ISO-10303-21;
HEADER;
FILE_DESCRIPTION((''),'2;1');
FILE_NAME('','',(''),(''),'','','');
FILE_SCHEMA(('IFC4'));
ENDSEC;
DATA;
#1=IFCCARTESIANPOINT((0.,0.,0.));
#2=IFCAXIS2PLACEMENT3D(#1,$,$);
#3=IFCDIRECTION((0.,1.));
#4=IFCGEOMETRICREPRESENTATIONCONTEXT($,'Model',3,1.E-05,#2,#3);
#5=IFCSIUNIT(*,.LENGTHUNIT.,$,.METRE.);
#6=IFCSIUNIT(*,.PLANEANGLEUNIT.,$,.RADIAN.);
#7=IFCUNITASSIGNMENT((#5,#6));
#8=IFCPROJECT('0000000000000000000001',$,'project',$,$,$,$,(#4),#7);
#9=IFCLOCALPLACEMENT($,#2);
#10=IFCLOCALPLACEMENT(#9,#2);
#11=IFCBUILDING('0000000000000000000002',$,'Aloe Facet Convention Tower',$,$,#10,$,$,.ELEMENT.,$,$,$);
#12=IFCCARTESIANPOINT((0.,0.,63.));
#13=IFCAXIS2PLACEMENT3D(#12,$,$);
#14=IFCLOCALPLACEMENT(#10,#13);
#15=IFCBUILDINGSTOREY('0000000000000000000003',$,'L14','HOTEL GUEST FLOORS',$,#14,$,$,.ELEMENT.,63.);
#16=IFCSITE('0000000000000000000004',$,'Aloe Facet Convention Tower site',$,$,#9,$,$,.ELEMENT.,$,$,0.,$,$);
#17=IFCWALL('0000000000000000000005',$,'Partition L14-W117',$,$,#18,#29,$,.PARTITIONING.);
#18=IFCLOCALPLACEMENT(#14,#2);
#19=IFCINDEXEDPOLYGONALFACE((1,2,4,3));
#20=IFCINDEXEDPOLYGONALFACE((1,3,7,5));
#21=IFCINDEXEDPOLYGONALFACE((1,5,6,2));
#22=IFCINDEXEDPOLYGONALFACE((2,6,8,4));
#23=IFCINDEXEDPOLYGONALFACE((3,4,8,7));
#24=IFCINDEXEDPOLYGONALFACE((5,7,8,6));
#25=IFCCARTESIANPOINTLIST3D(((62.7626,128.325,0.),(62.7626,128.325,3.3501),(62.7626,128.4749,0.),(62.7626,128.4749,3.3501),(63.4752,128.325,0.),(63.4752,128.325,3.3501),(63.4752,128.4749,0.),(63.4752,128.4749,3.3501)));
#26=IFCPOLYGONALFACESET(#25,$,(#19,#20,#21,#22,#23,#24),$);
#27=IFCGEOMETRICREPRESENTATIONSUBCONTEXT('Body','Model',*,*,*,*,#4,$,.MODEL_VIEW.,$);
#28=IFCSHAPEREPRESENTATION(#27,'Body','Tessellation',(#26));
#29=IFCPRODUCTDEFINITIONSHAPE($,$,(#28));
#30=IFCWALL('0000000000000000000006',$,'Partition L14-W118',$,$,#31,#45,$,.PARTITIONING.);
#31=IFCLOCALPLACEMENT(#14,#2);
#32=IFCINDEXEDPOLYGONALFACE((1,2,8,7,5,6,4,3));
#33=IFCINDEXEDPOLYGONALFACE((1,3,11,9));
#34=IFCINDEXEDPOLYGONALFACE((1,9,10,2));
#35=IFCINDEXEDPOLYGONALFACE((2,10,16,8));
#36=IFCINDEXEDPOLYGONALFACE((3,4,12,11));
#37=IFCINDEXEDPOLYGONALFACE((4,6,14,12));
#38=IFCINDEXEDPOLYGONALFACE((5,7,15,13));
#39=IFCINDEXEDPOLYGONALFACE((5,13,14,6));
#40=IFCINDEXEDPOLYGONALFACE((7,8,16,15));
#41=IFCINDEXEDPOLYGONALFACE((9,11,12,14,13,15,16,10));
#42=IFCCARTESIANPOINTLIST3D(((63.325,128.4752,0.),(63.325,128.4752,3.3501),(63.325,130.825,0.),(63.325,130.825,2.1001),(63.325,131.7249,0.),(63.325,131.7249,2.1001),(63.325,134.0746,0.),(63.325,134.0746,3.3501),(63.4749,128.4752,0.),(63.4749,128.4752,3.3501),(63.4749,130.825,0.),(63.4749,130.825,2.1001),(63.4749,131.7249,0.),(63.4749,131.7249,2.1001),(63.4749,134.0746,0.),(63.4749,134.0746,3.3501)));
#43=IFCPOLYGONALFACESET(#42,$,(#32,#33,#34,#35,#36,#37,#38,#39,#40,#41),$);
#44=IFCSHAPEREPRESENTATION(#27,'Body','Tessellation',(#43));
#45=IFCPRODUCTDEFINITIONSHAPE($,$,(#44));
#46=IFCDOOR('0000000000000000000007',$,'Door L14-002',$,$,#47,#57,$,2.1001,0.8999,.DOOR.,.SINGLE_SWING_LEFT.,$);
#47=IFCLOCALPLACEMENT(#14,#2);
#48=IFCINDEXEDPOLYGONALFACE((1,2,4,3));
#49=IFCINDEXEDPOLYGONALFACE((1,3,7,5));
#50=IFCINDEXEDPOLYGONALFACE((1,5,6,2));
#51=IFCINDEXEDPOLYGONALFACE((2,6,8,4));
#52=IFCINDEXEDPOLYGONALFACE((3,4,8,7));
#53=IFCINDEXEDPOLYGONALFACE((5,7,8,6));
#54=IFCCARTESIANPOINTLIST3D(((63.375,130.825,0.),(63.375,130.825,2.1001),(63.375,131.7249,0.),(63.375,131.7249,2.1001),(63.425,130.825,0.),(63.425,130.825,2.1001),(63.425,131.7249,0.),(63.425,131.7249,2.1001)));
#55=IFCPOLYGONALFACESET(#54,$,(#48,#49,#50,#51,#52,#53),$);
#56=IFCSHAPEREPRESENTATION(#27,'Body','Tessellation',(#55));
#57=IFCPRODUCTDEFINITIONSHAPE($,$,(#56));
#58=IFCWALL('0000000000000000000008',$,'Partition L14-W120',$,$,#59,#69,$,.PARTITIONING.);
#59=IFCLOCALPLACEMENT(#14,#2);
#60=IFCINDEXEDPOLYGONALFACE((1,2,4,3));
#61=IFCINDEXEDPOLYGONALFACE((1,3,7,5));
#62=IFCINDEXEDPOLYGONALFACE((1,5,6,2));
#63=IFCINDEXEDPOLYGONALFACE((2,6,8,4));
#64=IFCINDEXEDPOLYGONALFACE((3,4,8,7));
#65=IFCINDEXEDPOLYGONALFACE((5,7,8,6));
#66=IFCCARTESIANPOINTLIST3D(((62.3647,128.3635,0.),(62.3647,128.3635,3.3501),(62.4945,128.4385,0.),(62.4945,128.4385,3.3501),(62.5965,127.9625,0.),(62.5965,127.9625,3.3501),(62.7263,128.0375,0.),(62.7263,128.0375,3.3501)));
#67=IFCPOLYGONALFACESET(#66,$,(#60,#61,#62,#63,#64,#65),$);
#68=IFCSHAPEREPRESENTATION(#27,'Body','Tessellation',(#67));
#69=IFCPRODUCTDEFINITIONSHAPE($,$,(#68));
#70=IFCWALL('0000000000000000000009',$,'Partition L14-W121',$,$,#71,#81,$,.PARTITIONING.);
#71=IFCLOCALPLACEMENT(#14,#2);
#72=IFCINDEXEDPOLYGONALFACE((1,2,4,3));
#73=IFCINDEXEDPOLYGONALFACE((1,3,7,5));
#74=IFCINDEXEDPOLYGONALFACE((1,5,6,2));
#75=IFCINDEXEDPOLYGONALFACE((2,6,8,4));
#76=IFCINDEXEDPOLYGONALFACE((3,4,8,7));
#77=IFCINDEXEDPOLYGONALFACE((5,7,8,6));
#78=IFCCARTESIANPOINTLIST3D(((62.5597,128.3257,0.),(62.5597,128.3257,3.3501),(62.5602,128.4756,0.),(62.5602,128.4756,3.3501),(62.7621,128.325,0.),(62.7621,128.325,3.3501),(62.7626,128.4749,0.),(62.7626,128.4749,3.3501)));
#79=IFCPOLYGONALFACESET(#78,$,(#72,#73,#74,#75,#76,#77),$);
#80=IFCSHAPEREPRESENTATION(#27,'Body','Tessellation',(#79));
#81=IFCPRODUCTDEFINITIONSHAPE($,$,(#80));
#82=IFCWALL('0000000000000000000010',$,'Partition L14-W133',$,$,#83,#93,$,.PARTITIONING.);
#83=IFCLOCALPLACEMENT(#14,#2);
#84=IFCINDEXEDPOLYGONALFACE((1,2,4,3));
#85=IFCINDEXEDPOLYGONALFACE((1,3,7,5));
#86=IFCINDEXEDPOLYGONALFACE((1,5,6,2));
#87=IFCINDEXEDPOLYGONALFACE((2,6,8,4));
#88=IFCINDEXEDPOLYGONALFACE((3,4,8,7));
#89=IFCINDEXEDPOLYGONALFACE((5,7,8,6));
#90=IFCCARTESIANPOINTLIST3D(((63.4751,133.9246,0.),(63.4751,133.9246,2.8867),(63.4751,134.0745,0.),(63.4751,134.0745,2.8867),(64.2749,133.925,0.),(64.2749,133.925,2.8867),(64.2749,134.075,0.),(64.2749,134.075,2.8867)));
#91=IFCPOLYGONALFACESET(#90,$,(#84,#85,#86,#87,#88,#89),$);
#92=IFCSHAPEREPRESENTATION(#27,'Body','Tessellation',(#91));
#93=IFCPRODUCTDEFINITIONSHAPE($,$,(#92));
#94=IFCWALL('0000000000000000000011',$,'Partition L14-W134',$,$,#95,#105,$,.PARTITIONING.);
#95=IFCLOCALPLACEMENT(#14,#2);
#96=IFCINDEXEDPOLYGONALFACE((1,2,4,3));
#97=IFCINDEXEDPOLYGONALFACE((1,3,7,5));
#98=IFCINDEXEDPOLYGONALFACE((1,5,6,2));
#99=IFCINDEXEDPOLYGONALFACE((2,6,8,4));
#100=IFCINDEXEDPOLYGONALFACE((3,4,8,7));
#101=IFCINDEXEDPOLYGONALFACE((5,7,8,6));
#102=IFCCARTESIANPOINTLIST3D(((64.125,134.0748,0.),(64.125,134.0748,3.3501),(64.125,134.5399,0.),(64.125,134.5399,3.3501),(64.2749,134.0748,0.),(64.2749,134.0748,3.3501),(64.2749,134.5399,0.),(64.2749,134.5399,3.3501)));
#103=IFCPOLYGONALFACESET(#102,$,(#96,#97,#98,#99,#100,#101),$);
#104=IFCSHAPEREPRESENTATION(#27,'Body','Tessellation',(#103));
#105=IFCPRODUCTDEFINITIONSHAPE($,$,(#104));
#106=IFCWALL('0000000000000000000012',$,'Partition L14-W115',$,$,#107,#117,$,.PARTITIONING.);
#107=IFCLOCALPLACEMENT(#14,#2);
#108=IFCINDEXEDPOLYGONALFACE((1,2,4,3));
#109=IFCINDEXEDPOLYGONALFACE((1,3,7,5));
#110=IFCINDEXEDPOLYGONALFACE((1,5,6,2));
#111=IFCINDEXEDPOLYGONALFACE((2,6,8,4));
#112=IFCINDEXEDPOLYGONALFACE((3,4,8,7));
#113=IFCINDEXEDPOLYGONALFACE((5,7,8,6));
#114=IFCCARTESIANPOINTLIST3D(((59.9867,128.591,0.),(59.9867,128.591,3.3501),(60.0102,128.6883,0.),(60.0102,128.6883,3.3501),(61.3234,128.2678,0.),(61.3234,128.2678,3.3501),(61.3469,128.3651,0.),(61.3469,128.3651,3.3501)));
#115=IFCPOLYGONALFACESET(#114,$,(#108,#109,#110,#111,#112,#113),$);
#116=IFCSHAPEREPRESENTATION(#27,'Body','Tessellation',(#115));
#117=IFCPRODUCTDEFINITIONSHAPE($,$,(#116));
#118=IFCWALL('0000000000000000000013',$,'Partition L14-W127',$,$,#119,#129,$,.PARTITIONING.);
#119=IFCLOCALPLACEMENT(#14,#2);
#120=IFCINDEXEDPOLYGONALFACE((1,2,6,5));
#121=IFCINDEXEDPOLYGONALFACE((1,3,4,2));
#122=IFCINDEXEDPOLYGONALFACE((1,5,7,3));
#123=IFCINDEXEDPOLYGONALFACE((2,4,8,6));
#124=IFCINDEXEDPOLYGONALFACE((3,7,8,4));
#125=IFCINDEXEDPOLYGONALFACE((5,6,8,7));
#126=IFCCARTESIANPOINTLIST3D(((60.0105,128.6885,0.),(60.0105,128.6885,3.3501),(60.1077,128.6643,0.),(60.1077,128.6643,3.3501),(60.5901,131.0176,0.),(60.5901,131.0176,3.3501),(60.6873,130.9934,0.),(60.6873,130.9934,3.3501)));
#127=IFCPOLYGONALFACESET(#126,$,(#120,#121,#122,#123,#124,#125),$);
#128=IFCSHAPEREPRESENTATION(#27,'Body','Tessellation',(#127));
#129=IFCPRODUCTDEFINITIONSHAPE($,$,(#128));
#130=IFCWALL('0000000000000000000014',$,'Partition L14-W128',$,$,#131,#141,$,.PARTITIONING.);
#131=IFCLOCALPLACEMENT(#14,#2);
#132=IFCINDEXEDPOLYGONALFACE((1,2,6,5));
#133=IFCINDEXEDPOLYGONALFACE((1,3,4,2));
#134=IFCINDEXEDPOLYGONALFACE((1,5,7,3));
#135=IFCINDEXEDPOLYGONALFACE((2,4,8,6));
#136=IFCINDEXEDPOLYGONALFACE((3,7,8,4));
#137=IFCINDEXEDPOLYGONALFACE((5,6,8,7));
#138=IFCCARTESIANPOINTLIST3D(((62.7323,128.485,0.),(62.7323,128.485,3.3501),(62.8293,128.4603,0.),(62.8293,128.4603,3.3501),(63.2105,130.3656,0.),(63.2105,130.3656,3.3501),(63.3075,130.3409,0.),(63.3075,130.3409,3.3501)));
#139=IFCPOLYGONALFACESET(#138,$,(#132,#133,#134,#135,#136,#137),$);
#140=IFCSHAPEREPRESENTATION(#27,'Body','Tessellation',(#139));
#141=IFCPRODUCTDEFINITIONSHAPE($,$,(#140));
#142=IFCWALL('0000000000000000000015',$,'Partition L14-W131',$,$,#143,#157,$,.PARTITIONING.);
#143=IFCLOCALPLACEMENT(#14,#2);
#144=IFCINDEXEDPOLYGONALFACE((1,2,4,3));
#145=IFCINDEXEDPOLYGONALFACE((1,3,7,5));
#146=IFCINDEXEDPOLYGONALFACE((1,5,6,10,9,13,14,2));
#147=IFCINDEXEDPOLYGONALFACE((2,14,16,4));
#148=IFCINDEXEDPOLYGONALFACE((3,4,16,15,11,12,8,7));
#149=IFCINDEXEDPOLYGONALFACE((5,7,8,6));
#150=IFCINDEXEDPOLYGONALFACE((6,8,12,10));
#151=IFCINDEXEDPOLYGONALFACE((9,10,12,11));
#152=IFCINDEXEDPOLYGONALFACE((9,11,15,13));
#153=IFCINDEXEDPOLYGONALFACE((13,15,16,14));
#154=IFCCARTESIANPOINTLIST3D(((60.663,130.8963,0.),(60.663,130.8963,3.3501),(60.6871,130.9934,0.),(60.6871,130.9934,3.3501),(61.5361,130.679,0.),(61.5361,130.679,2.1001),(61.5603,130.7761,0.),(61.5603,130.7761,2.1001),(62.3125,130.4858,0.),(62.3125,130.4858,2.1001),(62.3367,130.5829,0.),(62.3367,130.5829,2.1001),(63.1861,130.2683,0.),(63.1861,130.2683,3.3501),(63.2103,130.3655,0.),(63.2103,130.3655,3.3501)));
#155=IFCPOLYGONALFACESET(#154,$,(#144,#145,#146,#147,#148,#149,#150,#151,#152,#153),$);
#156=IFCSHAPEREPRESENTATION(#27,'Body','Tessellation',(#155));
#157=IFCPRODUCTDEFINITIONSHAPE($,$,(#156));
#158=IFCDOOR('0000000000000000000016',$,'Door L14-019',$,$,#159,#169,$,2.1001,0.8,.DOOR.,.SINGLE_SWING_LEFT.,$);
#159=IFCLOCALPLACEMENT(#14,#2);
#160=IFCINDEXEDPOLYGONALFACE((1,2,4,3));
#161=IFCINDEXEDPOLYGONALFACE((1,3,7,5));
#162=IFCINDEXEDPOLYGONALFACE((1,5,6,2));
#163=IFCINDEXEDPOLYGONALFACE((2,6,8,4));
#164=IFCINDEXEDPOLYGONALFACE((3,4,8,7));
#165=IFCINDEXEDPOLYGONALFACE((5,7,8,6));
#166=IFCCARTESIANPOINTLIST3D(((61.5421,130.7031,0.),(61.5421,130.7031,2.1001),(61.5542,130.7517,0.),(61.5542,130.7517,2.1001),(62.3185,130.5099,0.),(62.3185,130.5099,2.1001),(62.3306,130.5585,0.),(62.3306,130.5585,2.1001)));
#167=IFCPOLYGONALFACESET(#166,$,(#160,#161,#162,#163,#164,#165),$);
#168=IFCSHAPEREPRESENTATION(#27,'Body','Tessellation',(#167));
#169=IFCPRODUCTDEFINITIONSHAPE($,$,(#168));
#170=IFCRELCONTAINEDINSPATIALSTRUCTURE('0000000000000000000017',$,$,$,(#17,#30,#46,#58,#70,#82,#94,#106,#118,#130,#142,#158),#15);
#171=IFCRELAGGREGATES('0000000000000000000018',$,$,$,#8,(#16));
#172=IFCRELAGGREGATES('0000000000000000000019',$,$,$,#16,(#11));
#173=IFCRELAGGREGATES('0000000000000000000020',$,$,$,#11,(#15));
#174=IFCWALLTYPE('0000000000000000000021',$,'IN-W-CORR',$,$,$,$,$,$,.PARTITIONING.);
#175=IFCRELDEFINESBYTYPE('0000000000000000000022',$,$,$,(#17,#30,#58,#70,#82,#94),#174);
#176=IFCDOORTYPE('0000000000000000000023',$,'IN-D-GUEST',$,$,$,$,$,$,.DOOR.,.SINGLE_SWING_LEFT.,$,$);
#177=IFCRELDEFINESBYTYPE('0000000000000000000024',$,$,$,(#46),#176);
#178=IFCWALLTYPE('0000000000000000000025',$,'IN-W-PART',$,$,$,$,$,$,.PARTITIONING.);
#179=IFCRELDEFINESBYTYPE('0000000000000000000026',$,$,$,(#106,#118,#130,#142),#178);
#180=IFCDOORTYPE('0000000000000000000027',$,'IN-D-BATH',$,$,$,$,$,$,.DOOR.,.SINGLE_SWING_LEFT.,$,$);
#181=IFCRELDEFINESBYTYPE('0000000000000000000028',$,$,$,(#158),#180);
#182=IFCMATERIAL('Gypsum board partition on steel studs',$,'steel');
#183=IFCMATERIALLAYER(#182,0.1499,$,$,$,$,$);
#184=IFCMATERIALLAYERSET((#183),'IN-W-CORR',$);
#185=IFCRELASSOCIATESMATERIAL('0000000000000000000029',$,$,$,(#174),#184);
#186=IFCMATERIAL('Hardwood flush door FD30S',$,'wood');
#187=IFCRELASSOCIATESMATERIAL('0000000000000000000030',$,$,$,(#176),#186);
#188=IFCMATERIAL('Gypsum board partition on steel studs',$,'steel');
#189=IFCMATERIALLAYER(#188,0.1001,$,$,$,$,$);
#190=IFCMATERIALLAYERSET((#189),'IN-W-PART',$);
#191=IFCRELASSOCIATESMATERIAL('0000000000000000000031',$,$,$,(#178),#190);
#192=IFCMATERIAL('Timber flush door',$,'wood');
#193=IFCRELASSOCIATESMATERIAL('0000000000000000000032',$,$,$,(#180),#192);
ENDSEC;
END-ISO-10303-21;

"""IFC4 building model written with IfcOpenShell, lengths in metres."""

from ifc_helpers import new_model, si_unit, direction, frame, frame_2d, origin, place, context, subcontext, project, spatial, rectangle, extrude, material, layer, layer_set, type_object, element, fill, save


model = new_model("IFC4")

# Units and contexts
model_context = context("Model", 3, precision=1e-05, world=origin(), true_north=direction((0.0, 1.0)))
body_context = subcontext(model_context, "Body", "Model", "MODEL_VIEW")
ifc_project = project(units=[si_unit("LENGTHUNIT", "METRE"), si_unit("PLANEANGLEUNIT", "RADIAN")], contexts=[model_context])

# Site, building, storey
site_placement = place(None, origin())
site = spatial("IfcSite", under=ifc_project, at=site_placement, Name="Aloe Facet Convention Tower site", CompositionType="ELEMENT", RefElevation=0.0)
building_placement = place(site_placement, origin())
building = spatial("IfcBuilding", under=site, at=building_placement, Name="Aloe Facet Convention Tower", CompositionType="ELEMENT")
storey_placement = place(building_placement, frame((0.0, 0.0, 63.0)))
storey = spatial("IfcBuildingStorey", under=building, at=storey_placement, Name="L14", Description="HOTEL GUEST FLOORS", CompositionType="ELEMENT", Elevation=63.0)

# Wall
ifc_material_1 = material(Name="Gypsum board partition on steel studs", Category="steel")
ifc_layer_1 = layer(ifc_material_1, 0.1499)
ifc_layer_set_1 = layer_set([ifc_layer_1], Name="IN-W-CORR")
wall_type_1 = type_object("IfcWallType", Name="IN-W-CORR", PredefinedType="PARTITIONING", material=ifc_layer_set_1)
wall_1_placement = place(storey_placement, frame((62.7625, 128.3999, 0.0), z_axis=(0.0, 0.0, 1.0), x_axis=(1.0, 0.0, 0.0)))
element("IfcWall", 1, at=wall_1_placement, inside=storey, type_object=wall_type_1, Name="Partition L14-W117", PredefinedType="PARTITIONING", context=body_context, shape_type="SweptSolid", body=[
    extrude(rectangle(XDim=0.7126, YDim=0.1499, at=frame_2d((0.3564, 0.0))), origin(), (0.0, 0.0, 1.0), 3.3501),
])

# Wall, opening, door
wall_2_placement = place(storey_placement, frame((63.3999, 128.4751, 0.0), z_axis=(0.0, 0.0, 1.0), x_axis=(0.0, 1.0, 0.0)))
wall_2 = element("IfcWall", 2, at=wall_2_placement, inside=storey, type_object=wall_type_1, Name="Partition L14-W118", PredefinedType="PARTITIONING", context=body_context, shape_type="SweptSolid", body=[
    extrude(rectangle(XDim=5.5994, YDim=0.1499, at=frame_2d((2.7998, 0.0))), origin(), (0.0, 0.0, 1.0), 3.3501),
])
opening_1_placement = place(wall_2_placement, frame((2.3499, 0.0, 0.0)))
opening_1 = element("IfcOpeningElement", 3, at=opening_1_placement, cuts=wall_2, PredefinedType="OPENING", context=body_context, shape_type="SweptSolid", body=[
    extrude(rectangle(XDim=0.8999, YDim=2.1001, at=frame_2d((0.45, 1.05))), frame((0.0, 0.085, 0.0), z_axis=(0.0, -1.0, 0.0), x_axis=(1.0, 0.0, 0.0)), (0.0, 0.0, 1.0), 0.1699),
])
ifc_material_2 = material(Name="Hardwood flush door FD30S", Category="wood")
door_type_1 = type_object("IfcDoorType", Name="IN-D-GUEST", OperationType="SINGLE_SWING_LEFT", PredefinedType="DOOR", material=ifc_material_2)
door_1_placement = place(opening_1_placement, origin())
door_1 = element("IfcDoor", 4, at=door_1_placement, inside=storey, type_object=door_type_1, Name="Door L14-002", OperationType="SINGLE_SWING_LEFT", OverallHeight=2.1001, OverallWidth=0.8999, PredefinedType="DOOR", context=body_context, shape_type="SweptSolid", body=[
    extrude(rectangle(XDim=0.8999, YDim=2.1001, at=frame_2d((0.45, 1.05))), frame((0.0, 0.0249, 0.0), z_axis=(0.0, -1.0, 0.0), x_axis=(1.0, 0.0, 0.0)), (0.0, 0.0, 1.0), 0.05),
])
fill(opening_1, door_1)

# Walls
wall_3_placement = place(storey_placement, frame((62.4297, 128.4009, 0.0), z_axis=(0.0, 0.0, 1.0), x_axis=(0.500392, -0.865799, 0.0)))
element("IfcWall", 5, at=wall_3_placement, inside=storey, type_object=wall_type_1, Name="Partition L14-W120", PredefinedType="PARTITIONING", context=body_context, shape_type="SweptSolid", body=[
    extrude(rectangle(XDim=0.4631, YDim=0.1499, at=frame_2d((0.2314, 0.0))), origin(), (0.0, 0.0, 1.0), 3.3501),
])
wall_4_placement = place(storey_placement, frame((62.5601, 128.4006, 0.0), z_axis=(0.0, 0.0, 1.0), x_axis=(0.999993, -0.003619, 0.0)))
element("IfcWall", 6, at=wall_4_placement, inside=storey, type_object=wall_type_1, Name="Partition L14-W121", PredefinedType="PARTITIONING", context=body_context, shape_type="SweptSolid", body=[
    extrude(rectangle(XDim=0.2024, YDim=0.1499, at=frame_2d((0.1011, 0.0))), origin(), (0.0, 0.0, 1.0), 3.3501),
])
wall_5_placement = place(storey_placement, frame((63.4751, 133.9995, 0.0), z_axis=(0.0, 0.0, 1.0), x_axis=(1.0, 0.000611, 0.0)))
element("IfcWall", 7, at=wall_5_placement, inside=storey, type_object=wall_type_1, Name="Partition L14-W133", PredefinedType="PARTITIONING", context=body_context, shape_type="SweptSolid", body=[
    extrude(rectangle(XDim=0.7998, YDim=0.1499, at=frame_2d((0.3999, 0.0))), origin(), (0.0, 0.0, 1.0), 2.8867),
])
wall_6_placement = place(storey_placement, frame((64.2, 134.075, 0.0), z_axis=(0.0, 0.0, 1.0), x_axis=(0.0, 1.0, 0.0)))
element("IfcWall", 8, at=wall_6_placement, inside=storey, type_object=wall_type_1, Name="Partition L14-W134", PredefinedType="PARTITIONING", context=body_context, shape_type="SweptSolid", body=[
    extrude(rectangle(XDim=0.4651, YDim=0.1499, at=frame_2d((0.2324, 0.0))), origin(), (0.0, 0.0, 1.0), 3.3501),
])
ifc_material_3 = material(Name="Gypsum board partition on steel studs", Category="steel")
ifc_layer_2 = layer(ifc_material_3, 0.1001)
ifc_layer_set_2 = layer_set([ifc_layer_2], Name="IN-W-PART")
wall_type_2 = type_object("IfcWallType", Name="IN-W-PART", PredefinedType="PARTITIONING", material=ifc_layer_set_2)
wall_7_placement = place(storey_placement, frame((59.9985, 128.6396, 0.0), z_axis=(0.0, 0.0, 1.0), x_axis=(0.971983, -0.235051, 0.0)))
element("IfcWall", 9, at=wall_7_placement, inside=storey, type_object=wall_type_2, Name="Partition L14-W115", PredefinedType="PARTITIONING", context=body_context, shape_type="SweptSolid", body=[
    extrude(rectangle(XDim=1.3752, YDim=0.1001, at=frame_2d((0.6875, 0.0))), origin(), (0.0, 0.0, 1.0), 3.3501),
])
wall_8_placement = place(storey_placement, frame((60.0591, 128.6763, 0.0), z_axis=(0.0, 0.0, 1.0), x_axis=(0.241482, 0.970405, 0.0)))
element("IfcWall", 10, at=wall_8_placement, inside=storey, type_object=wall_type_2, Name="Partition L14-W127", PredefinedType="PARTITIONING", context=body_context, shape_type="SweptSolid", body=[
    extrude(rectangle(XDim=2.4001, YDim=0.1001, at=frame_2d((1.2002, 0.0))), origin(), (0.0, 0.0, 1.0), 3.3501),
])
wall_9_placement = place(storey_placement, frame((62.7808, 128.4727, 0.0), z_axis=(0.0, 0.0, 1.0), x_axis=(0.246471, 0.96915, 0.0)))
element("IfcWall", 11, at=wall_9_placement, inside=storey, type_object=wall_type_2, Name="Partition L14-W128", PredefinedType="PARTITIONING", context=body_context, shape_type="SweptSolid", body=[
    extrude(rectangle(XDim=1.9404, YDim=0.1001, at=frame_2d((0.9702, 0.0))), origin(), (0.0, 0.0, 1.0), 3.3501),
])

# Wall, opening, door
wall_10_placement = place(storey_placement, frame((60.675, 130.9448, 0.0), z_axis=(0.0, 0.0, 1.0), x_axis=(0.970402, -0.241497, 0.0)))
wall_10 = element("IfcWall", 12, at=wall_10_placement, inside=storey, type_object=wall_type_2, Name="Partition L14-W131", PredefinedType="PARTITIONING", context=body_context, shape_type="SweptSolid", body=[
    extrude(rectangle(XDim=2.6001, YDim=0.1001, at=frame_2d((1.3, 0.0))), origin(), (0.0, 0.0, 1.0), 3.3501),
])
opening_2_placement = place(wall_10_placement, frame((0.8999, 0.0, 0.0)))
opening_2 = element("IfcOpeningElement", 13, at=opening_2_placement, cuts=wall_10, PredefinedType="OPENING", context=body_context, shape_type="SweptSolid", body=[
    extrude(rectangle(XDim=0.8, YDim=2.1001, at=frame_2d((0.3999, 1.05))), frame((0.0, 0.0601, 0.0), z_axis=(0.0, -1.0, 0.0), x_axis=(1.0, 0.0, 0.0)), (0.0, 0.0, 1.0), 0.1201),
])
ifc_material_4 = material(Name="Timber flush door", Category="wood")
door_type_2 = type_object("IfcDoorType", Name="IN-D-BATH", OperationType="SINGLE_SWING_LEFT", PredefinedType="DOOR", material=ifc_material_4)
door_2_placement = place(opening_2_placement, origin())
door_2 = element("IfcDoor", 14, at=door_2_placement, inside=storey, type_object=door_type_2, Name="Door L14-019", OperationType="SINGLE_SWING_LEFT", OverallHeight=2.1001, OverallWidth=0.8, PredefinedType="DOOR", context=body_context, shape_type="SweptSolid", body=[
    extrude(rectangle(XDim=0.8, YDim=2.1001, at=frame_2d((0.3999, 1.05))), frame((0.0, 0.0249, 0.0), z_axis=(0.0, -1.0, 0.0), x_axis=(1.0, 0.0, 0.0)), (0.0, 0.0, 1.0), 0.05),
])
fill(opening_2, door_2)

save(model, "model.ifc")
